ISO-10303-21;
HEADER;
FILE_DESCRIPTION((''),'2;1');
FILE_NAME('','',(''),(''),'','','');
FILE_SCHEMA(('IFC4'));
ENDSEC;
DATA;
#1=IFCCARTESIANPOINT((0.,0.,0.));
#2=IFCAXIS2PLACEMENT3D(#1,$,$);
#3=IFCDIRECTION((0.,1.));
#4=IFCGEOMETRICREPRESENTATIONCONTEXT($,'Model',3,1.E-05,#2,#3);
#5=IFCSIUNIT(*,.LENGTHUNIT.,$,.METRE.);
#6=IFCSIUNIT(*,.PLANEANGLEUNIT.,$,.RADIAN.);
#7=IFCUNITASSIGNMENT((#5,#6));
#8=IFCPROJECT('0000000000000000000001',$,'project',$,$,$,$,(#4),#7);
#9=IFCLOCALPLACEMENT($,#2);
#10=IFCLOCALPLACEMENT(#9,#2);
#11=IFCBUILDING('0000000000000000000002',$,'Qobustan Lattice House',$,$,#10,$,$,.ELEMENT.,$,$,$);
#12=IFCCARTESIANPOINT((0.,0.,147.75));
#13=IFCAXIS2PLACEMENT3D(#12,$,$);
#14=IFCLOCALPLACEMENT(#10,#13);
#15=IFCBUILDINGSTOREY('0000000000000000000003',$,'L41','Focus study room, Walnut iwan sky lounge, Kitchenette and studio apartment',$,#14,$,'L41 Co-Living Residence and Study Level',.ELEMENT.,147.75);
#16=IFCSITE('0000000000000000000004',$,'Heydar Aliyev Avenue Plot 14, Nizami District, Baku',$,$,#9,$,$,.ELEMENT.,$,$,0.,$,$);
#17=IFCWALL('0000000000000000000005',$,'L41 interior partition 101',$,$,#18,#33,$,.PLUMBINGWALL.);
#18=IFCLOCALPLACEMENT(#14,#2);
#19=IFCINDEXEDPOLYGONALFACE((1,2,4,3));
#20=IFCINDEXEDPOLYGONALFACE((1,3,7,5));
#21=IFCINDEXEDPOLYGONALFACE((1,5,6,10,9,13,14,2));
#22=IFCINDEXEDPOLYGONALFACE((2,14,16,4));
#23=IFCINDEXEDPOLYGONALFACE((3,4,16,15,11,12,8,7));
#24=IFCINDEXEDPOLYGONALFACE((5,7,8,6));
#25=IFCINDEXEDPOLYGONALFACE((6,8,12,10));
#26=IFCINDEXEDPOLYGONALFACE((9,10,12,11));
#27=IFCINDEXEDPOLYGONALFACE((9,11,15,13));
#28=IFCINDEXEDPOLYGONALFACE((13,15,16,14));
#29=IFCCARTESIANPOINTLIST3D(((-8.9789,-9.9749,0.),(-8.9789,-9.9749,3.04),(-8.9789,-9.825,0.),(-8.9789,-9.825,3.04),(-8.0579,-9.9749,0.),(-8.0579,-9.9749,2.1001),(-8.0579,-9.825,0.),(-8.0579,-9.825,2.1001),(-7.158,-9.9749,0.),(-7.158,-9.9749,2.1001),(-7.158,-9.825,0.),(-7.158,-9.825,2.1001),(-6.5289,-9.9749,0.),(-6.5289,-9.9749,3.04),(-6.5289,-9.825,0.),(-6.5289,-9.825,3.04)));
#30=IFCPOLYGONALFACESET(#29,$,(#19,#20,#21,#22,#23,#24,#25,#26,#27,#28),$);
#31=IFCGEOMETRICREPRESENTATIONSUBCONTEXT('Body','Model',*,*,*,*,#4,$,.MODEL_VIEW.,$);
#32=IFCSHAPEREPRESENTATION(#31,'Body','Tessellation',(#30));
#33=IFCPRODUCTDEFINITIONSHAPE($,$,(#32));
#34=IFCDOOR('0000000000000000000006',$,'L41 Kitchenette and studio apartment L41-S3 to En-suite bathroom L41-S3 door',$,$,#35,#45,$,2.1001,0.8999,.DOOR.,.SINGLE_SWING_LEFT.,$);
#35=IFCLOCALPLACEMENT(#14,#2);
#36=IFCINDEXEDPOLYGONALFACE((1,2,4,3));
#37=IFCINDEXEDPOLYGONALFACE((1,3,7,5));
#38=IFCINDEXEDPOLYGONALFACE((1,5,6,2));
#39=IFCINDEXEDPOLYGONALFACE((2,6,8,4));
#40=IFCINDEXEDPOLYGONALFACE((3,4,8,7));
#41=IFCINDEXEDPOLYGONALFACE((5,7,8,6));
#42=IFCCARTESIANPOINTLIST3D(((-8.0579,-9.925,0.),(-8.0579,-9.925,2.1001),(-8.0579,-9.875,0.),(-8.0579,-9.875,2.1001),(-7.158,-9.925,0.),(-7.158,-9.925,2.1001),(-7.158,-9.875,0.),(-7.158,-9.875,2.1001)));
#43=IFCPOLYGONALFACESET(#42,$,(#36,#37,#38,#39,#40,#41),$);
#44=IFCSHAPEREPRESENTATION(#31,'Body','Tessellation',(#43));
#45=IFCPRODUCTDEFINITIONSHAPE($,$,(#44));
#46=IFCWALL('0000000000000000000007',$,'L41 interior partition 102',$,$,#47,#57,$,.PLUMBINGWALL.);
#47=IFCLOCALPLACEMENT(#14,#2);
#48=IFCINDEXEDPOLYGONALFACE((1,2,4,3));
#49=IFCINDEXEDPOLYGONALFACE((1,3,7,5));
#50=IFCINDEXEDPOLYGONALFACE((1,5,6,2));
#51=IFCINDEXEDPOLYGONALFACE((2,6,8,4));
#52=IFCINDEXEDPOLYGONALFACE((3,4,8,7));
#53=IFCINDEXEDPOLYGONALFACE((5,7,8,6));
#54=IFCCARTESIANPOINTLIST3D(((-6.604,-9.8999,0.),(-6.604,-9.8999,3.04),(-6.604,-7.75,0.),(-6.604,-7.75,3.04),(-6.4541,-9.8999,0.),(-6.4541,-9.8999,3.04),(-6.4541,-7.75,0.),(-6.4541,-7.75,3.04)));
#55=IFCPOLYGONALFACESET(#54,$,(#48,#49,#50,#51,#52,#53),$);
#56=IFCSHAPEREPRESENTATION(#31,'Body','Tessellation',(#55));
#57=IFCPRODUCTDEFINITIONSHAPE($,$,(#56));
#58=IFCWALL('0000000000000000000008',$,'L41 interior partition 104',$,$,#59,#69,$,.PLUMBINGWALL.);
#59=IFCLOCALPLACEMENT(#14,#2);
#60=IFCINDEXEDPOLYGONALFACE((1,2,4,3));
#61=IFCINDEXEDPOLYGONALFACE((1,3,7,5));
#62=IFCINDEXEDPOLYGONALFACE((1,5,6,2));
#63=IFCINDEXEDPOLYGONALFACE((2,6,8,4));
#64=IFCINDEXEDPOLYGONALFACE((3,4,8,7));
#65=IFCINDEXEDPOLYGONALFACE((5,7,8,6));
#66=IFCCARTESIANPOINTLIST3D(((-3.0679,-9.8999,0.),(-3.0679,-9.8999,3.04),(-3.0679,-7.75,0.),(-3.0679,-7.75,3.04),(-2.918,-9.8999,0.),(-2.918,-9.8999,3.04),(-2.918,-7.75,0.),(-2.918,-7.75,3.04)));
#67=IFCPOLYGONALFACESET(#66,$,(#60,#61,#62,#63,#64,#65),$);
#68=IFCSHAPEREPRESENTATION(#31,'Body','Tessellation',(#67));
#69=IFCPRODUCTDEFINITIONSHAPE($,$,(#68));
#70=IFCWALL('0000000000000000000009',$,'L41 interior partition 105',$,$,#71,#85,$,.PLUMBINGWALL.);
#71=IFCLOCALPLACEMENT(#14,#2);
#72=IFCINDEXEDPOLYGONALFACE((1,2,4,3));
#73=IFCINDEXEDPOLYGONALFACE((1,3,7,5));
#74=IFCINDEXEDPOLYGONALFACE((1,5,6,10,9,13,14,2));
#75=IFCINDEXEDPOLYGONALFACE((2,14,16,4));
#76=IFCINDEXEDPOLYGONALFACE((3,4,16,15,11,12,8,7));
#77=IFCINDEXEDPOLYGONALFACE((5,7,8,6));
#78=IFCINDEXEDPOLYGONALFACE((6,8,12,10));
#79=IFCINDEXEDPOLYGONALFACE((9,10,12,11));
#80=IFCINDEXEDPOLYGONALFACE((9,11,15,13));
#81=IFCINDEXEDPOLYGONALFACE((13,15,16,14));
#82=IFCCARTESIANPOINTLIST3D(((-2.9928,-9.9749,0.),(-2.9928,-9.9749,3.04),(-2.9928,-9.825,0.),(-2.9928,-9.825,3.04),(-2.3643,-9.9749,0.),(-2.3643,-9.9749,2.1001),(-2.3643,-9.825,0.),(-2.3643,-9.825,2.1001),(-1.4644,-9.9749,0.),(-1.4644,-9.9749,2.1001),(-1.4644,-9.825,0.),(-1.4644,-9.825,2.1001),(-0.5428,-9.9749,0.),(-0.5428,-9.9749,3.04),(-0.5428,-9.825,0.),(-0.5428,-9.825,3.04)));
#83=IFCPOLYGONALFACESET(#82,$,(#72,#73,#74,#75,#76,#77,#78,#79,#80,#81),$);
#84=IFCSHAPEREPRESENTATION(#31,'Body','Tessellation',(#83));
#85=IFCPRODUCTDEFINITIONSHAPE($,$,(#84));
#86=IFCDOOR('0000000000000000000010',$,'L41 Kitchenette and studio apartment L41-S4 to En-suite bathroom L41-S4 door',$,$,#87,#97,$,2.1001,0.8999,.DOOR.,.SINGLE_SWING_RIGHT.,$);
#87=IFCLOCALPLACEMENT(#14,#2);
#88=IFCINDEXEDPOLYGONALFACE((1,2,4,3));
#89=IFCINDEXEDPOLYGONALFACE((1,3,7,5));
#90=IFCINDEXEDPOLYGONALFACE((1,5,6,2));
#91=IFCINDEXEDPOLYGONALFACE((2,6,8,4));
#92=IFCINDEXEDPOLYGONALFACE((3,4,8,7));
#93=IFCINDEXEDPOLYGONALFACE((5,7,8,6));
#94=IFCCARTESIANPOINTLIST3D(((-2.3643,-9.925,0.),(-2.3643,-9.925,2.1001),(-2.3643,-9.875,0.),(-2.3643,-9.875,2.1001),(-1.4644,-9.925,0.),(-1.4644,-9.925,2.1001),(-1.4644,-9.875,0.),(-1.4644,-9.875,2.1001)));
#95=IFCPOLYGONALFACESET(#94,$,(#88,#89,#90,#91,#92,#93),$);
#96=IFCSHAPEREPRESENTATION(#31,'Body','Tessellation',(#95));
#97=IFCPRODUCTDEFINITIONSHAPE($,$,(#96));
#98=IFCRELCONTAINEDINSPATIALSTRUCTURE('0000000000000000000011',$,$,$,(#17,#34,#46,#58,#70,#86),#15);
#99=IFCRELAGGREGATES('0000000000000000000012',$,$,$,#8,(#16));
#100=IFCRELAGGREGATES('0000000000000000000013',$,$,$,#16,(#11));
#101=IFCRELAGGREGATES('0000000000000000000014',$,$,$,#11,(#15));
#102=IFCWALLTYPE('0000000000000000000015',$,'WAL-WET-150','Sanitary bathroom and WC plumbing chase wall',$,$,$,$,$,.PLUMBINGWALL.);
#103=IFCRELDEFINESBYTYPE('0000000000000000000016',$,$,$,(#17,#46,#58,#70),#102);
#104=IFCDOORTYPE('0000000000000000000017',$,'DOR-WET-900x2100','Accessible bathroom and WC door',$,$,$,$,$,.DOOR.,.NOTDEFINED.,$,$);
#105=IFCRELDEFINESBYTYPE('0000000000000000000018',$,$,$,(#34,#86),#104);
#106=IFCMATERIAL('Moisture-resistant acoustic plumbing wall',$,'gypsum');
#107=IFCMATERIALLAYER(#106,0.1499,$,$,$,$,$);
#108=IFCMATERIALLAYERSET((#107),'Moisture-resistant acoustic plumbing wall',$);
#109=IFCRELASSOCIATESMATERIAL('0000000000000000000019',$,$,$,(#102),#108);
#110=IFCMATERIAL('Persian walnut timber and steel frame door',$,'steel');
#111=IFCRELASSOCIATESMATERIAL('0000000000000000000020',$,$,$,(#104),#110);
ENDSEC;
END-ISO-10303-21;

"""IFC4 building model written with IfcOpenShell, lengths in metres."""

from ifc_helpers import new_model, si_unit, direction, frame, frame_2d, origin, place, context, subcontext, project, spatial, rectangle, extrude, material, layer, layer_set, type_object, element, fill, save


model = new_model("IFC4")

# Units and contexts
model_context = context("Model", 3, precision=1e-05, world=origin(), true_north=direction((0.0, 1.0)))
body_context = subcontext(model_context, "Body", "Model", "MODEL_VIEW")
ifc_project = project(units=[si_unit("LENGTHUNIT", "METRE"), si_unit("PLANEANGLEUNIT", "RADIAN")], contexts=[model_context])

# Site, building, storey
site_placement = place(None, origin())
site = spatial("IfcSite", under=ifc_project, at=site_placement, Name="Heydar Aliyev Avenue Plot 14, Nizami District, Baku", CompositionType="ELEMENT", RefElevation=0.0)
building_placement = place(site_placement, origin())
building = spatial("IfcBuilding", under=site, at=building_placement, Name="Qobustan Lattice House", CompositionType="ELEMENT")
storey_placement = place(building_placement, frame((0.0, 0.0, 147.75)))
storey = spatial("IfcBuildingStorey", under=building, at=storey_placement, Name="L41", Description="Focus study room, Walnut iwan sky lounge, Kitchenette and studio apartment", LongName="L41 Co-Living Residence and Study Level", CompositionType="ELEMENT", Elevation=147.75)

# Shared definitions
ifc_material_1 = material(Name="Moisture-resistant acoustic plumbing wall", Category="gypsum")
ifc_layer_1 = layer(ifc_material_1, 0.1499)
ifc_layer_set_1 = layer_set([ifc_layer_1], Name="Moisture-resistant acoustic plumbing wall")
wall_type_1 = type_object("IfcWallType", Name="WAL-WET-150", Description="Sanitary bathroom and WC plumbing chase wall", PredefinedType="PLUMBINGWALL", material=ifc_layer_set_1)

# Wall, opening, door
wall_1_placement = place(storey_placement, frame((-8.979, -9.8999, 0.0), z_axis=(0.0, 0.0, 1.0), x_axis=(1.0, 0.0, 0.0)))
wall_1 = element("IfcWall", 1, at=wall_1_placement, inside=storey, type_object=wall_type_1, Name="L41 interior partition 101", PredefinedType="PLUMBINGWALL", context=body_context, shape_type="SweptSolid", body=[
    extrude(rectangle(XDim=2.45, YDim=0.1499, at=frame_2d((1.2251, 0.0))), origin(), (0.0, 0.0, 1.0), 3.04),
])
opening_1_placement = place(wall_1_placement, frame((0.9211, 0.0, 0.0)))
opening_1 = element("IfcOpeningElement", 2, at=opening_1_placement, cuts=wall_1, PredefinedType="OPENING", context=body_context, shape_type="SweptSolid", body=[
    extrude(rectangle(XDim=0.8999, YDim=2.1001, at=frame_2d((0.45, 1.05))), frame((0.0, 0.085, 0.0), z_axis=(0.0, -1.0, 0.0), x_axis=(1.0, 0.0, 0.0)), (0.0, 0.0, 1.0), 0.1699),
])
ifc_material_2 = material(Name="Persian walnut timber and steel frame door", Category="steel")
door_type_1 = type_object("IfcDoorType", Name="DOR-WET-900x2100", Description="Accessible bathroom and WC door", OperationType="NOTDEFINED", PredefinedType="DOOR", material=ifc_material_2)
door_1_placement = place(opening_1_placement, origin())
door_1 = element("IfcDoor", 3, at=door_1_placement, inside=storey, type_object=door_type_1, Name="L41 Kitchenette and studio apartment L41-S3 to En-suite bathroom L41-S3 door", OperationType="SINGLE_SWING_LEFT", OverallHeight=2.1001, OverallWidth=0.8999, PredefinedType="DOOR", context=body_context, shape_type="SweptSolid", body=[
    extrude(rectangle(XDim=0.8999, YDim=2.1001, at=frame_2d((0.45, 1.05))), frame((0.0, 0.0249, 0.0), z_axis=(0.0, -1.0, 0.0), x_axis=(1.0, 0.0, 0.0)), (0.0, 0.0, 1.0), 0.05),
])
fill(opening_1, door_1)

# Walls
for number, where, z_axis, x_axis, name in (
    (4, (-6.5291, -9.8999, 0.0), (0.0, 0.0, 1.0), (0.0, 1.0, 0.0), "L41 interior partition 102"),
    (5, (-2.9929, -7.75, 0.0), (0.0, 0.0, 1.0), (0.0, -1.0, 0.0), "L41 interior partition 104"),
):
    element("IfcWall", number, at=place(storey_placement, frame(where, z_axis=z_axis, x_axis=x_axis)), inside=storey, type_object=wall_type_1, Name=name, PredefinedType="PLUMBINGWALL", context=body_context, shape_type="SweptSolid", body=[
        extrude(rectangle(XDim=2.1499, YDim=0.1499, at=frame_2d((1.075, 0.0))), origin(), (0.0, 0.0, 1.0), 3.04),
    ])

# Wall, opening, door
wall_2_placement = place(storey_placement, frame((-2.9929, -9.8999, 0.0), z_axis=(0.0, 0.0, 1.0), x_axis=(1.0, 0.0, 0.0)))
wall_2 = element("IfcWall", 6, at=wall_2_placement, inside=storey, type_object=wall_type_1, Name="L41 interior partition 105", PredefinedType="PLUMBINGWALL", context=body_context, shape_type="SweptSolid", body=[
    extrude(rectangle(XDim=2.45, YDim=0.1499, at=frame_2d((1.2251, 0.0))), origin(), (0.0, 0.0, 1.0), 3.04),
])
opening_2_placement = place(wall_2_placement, frame((0.6287, 0.0, 0.0)))
opening_2 = element("IfcOpeningElement", 7, at=opening_2_placement, cuts=wall_2, PredefinedType="OPENING", context=body_context, shape_type="SweptSolid", body=[
    extrude(rectangle(XDim=0.8999, YDim=2.1001, at=frame_2d((0.45, 1.05))), frame((0.0, 0.085, 0.0), z_axis=(0.0, -1.0, 0.0), x_axis=(1.0, 0.0, 0.0)), (0.0, 0.0, 1.0), 0.1699),
])
door_2_placement = place(opening_2_placement, origin())
door_2 = element("IfcDoor", 8, at=door_2_placement, inside=storey, type_object=door_type_1, Name="L41 Kitchenette and studio apartment L41-S4 to En-suite bathroom L41-S4 door", OperationType="SINGLE_SWING_RIGHT", OverallHeight=2.1001, OverallWidth=0.8999, PredefinedType="DOOR", context=body_context, shape_type="SweptSolid", body=[
    extrude(rectangle(XDim=0.8999, YDim=2.1001, at=frame_2d((0.45, 1.05))), frame((0.0, 0.0249, 0.0), z_axis=(0.0, -1.0, 0.0), x_axis=(1.0, 0.0, 0.0)), (0.0, 0.0, 1.0), 0.05),
])
fill(opening_2, door_2)

save(model, "model.ifc")
